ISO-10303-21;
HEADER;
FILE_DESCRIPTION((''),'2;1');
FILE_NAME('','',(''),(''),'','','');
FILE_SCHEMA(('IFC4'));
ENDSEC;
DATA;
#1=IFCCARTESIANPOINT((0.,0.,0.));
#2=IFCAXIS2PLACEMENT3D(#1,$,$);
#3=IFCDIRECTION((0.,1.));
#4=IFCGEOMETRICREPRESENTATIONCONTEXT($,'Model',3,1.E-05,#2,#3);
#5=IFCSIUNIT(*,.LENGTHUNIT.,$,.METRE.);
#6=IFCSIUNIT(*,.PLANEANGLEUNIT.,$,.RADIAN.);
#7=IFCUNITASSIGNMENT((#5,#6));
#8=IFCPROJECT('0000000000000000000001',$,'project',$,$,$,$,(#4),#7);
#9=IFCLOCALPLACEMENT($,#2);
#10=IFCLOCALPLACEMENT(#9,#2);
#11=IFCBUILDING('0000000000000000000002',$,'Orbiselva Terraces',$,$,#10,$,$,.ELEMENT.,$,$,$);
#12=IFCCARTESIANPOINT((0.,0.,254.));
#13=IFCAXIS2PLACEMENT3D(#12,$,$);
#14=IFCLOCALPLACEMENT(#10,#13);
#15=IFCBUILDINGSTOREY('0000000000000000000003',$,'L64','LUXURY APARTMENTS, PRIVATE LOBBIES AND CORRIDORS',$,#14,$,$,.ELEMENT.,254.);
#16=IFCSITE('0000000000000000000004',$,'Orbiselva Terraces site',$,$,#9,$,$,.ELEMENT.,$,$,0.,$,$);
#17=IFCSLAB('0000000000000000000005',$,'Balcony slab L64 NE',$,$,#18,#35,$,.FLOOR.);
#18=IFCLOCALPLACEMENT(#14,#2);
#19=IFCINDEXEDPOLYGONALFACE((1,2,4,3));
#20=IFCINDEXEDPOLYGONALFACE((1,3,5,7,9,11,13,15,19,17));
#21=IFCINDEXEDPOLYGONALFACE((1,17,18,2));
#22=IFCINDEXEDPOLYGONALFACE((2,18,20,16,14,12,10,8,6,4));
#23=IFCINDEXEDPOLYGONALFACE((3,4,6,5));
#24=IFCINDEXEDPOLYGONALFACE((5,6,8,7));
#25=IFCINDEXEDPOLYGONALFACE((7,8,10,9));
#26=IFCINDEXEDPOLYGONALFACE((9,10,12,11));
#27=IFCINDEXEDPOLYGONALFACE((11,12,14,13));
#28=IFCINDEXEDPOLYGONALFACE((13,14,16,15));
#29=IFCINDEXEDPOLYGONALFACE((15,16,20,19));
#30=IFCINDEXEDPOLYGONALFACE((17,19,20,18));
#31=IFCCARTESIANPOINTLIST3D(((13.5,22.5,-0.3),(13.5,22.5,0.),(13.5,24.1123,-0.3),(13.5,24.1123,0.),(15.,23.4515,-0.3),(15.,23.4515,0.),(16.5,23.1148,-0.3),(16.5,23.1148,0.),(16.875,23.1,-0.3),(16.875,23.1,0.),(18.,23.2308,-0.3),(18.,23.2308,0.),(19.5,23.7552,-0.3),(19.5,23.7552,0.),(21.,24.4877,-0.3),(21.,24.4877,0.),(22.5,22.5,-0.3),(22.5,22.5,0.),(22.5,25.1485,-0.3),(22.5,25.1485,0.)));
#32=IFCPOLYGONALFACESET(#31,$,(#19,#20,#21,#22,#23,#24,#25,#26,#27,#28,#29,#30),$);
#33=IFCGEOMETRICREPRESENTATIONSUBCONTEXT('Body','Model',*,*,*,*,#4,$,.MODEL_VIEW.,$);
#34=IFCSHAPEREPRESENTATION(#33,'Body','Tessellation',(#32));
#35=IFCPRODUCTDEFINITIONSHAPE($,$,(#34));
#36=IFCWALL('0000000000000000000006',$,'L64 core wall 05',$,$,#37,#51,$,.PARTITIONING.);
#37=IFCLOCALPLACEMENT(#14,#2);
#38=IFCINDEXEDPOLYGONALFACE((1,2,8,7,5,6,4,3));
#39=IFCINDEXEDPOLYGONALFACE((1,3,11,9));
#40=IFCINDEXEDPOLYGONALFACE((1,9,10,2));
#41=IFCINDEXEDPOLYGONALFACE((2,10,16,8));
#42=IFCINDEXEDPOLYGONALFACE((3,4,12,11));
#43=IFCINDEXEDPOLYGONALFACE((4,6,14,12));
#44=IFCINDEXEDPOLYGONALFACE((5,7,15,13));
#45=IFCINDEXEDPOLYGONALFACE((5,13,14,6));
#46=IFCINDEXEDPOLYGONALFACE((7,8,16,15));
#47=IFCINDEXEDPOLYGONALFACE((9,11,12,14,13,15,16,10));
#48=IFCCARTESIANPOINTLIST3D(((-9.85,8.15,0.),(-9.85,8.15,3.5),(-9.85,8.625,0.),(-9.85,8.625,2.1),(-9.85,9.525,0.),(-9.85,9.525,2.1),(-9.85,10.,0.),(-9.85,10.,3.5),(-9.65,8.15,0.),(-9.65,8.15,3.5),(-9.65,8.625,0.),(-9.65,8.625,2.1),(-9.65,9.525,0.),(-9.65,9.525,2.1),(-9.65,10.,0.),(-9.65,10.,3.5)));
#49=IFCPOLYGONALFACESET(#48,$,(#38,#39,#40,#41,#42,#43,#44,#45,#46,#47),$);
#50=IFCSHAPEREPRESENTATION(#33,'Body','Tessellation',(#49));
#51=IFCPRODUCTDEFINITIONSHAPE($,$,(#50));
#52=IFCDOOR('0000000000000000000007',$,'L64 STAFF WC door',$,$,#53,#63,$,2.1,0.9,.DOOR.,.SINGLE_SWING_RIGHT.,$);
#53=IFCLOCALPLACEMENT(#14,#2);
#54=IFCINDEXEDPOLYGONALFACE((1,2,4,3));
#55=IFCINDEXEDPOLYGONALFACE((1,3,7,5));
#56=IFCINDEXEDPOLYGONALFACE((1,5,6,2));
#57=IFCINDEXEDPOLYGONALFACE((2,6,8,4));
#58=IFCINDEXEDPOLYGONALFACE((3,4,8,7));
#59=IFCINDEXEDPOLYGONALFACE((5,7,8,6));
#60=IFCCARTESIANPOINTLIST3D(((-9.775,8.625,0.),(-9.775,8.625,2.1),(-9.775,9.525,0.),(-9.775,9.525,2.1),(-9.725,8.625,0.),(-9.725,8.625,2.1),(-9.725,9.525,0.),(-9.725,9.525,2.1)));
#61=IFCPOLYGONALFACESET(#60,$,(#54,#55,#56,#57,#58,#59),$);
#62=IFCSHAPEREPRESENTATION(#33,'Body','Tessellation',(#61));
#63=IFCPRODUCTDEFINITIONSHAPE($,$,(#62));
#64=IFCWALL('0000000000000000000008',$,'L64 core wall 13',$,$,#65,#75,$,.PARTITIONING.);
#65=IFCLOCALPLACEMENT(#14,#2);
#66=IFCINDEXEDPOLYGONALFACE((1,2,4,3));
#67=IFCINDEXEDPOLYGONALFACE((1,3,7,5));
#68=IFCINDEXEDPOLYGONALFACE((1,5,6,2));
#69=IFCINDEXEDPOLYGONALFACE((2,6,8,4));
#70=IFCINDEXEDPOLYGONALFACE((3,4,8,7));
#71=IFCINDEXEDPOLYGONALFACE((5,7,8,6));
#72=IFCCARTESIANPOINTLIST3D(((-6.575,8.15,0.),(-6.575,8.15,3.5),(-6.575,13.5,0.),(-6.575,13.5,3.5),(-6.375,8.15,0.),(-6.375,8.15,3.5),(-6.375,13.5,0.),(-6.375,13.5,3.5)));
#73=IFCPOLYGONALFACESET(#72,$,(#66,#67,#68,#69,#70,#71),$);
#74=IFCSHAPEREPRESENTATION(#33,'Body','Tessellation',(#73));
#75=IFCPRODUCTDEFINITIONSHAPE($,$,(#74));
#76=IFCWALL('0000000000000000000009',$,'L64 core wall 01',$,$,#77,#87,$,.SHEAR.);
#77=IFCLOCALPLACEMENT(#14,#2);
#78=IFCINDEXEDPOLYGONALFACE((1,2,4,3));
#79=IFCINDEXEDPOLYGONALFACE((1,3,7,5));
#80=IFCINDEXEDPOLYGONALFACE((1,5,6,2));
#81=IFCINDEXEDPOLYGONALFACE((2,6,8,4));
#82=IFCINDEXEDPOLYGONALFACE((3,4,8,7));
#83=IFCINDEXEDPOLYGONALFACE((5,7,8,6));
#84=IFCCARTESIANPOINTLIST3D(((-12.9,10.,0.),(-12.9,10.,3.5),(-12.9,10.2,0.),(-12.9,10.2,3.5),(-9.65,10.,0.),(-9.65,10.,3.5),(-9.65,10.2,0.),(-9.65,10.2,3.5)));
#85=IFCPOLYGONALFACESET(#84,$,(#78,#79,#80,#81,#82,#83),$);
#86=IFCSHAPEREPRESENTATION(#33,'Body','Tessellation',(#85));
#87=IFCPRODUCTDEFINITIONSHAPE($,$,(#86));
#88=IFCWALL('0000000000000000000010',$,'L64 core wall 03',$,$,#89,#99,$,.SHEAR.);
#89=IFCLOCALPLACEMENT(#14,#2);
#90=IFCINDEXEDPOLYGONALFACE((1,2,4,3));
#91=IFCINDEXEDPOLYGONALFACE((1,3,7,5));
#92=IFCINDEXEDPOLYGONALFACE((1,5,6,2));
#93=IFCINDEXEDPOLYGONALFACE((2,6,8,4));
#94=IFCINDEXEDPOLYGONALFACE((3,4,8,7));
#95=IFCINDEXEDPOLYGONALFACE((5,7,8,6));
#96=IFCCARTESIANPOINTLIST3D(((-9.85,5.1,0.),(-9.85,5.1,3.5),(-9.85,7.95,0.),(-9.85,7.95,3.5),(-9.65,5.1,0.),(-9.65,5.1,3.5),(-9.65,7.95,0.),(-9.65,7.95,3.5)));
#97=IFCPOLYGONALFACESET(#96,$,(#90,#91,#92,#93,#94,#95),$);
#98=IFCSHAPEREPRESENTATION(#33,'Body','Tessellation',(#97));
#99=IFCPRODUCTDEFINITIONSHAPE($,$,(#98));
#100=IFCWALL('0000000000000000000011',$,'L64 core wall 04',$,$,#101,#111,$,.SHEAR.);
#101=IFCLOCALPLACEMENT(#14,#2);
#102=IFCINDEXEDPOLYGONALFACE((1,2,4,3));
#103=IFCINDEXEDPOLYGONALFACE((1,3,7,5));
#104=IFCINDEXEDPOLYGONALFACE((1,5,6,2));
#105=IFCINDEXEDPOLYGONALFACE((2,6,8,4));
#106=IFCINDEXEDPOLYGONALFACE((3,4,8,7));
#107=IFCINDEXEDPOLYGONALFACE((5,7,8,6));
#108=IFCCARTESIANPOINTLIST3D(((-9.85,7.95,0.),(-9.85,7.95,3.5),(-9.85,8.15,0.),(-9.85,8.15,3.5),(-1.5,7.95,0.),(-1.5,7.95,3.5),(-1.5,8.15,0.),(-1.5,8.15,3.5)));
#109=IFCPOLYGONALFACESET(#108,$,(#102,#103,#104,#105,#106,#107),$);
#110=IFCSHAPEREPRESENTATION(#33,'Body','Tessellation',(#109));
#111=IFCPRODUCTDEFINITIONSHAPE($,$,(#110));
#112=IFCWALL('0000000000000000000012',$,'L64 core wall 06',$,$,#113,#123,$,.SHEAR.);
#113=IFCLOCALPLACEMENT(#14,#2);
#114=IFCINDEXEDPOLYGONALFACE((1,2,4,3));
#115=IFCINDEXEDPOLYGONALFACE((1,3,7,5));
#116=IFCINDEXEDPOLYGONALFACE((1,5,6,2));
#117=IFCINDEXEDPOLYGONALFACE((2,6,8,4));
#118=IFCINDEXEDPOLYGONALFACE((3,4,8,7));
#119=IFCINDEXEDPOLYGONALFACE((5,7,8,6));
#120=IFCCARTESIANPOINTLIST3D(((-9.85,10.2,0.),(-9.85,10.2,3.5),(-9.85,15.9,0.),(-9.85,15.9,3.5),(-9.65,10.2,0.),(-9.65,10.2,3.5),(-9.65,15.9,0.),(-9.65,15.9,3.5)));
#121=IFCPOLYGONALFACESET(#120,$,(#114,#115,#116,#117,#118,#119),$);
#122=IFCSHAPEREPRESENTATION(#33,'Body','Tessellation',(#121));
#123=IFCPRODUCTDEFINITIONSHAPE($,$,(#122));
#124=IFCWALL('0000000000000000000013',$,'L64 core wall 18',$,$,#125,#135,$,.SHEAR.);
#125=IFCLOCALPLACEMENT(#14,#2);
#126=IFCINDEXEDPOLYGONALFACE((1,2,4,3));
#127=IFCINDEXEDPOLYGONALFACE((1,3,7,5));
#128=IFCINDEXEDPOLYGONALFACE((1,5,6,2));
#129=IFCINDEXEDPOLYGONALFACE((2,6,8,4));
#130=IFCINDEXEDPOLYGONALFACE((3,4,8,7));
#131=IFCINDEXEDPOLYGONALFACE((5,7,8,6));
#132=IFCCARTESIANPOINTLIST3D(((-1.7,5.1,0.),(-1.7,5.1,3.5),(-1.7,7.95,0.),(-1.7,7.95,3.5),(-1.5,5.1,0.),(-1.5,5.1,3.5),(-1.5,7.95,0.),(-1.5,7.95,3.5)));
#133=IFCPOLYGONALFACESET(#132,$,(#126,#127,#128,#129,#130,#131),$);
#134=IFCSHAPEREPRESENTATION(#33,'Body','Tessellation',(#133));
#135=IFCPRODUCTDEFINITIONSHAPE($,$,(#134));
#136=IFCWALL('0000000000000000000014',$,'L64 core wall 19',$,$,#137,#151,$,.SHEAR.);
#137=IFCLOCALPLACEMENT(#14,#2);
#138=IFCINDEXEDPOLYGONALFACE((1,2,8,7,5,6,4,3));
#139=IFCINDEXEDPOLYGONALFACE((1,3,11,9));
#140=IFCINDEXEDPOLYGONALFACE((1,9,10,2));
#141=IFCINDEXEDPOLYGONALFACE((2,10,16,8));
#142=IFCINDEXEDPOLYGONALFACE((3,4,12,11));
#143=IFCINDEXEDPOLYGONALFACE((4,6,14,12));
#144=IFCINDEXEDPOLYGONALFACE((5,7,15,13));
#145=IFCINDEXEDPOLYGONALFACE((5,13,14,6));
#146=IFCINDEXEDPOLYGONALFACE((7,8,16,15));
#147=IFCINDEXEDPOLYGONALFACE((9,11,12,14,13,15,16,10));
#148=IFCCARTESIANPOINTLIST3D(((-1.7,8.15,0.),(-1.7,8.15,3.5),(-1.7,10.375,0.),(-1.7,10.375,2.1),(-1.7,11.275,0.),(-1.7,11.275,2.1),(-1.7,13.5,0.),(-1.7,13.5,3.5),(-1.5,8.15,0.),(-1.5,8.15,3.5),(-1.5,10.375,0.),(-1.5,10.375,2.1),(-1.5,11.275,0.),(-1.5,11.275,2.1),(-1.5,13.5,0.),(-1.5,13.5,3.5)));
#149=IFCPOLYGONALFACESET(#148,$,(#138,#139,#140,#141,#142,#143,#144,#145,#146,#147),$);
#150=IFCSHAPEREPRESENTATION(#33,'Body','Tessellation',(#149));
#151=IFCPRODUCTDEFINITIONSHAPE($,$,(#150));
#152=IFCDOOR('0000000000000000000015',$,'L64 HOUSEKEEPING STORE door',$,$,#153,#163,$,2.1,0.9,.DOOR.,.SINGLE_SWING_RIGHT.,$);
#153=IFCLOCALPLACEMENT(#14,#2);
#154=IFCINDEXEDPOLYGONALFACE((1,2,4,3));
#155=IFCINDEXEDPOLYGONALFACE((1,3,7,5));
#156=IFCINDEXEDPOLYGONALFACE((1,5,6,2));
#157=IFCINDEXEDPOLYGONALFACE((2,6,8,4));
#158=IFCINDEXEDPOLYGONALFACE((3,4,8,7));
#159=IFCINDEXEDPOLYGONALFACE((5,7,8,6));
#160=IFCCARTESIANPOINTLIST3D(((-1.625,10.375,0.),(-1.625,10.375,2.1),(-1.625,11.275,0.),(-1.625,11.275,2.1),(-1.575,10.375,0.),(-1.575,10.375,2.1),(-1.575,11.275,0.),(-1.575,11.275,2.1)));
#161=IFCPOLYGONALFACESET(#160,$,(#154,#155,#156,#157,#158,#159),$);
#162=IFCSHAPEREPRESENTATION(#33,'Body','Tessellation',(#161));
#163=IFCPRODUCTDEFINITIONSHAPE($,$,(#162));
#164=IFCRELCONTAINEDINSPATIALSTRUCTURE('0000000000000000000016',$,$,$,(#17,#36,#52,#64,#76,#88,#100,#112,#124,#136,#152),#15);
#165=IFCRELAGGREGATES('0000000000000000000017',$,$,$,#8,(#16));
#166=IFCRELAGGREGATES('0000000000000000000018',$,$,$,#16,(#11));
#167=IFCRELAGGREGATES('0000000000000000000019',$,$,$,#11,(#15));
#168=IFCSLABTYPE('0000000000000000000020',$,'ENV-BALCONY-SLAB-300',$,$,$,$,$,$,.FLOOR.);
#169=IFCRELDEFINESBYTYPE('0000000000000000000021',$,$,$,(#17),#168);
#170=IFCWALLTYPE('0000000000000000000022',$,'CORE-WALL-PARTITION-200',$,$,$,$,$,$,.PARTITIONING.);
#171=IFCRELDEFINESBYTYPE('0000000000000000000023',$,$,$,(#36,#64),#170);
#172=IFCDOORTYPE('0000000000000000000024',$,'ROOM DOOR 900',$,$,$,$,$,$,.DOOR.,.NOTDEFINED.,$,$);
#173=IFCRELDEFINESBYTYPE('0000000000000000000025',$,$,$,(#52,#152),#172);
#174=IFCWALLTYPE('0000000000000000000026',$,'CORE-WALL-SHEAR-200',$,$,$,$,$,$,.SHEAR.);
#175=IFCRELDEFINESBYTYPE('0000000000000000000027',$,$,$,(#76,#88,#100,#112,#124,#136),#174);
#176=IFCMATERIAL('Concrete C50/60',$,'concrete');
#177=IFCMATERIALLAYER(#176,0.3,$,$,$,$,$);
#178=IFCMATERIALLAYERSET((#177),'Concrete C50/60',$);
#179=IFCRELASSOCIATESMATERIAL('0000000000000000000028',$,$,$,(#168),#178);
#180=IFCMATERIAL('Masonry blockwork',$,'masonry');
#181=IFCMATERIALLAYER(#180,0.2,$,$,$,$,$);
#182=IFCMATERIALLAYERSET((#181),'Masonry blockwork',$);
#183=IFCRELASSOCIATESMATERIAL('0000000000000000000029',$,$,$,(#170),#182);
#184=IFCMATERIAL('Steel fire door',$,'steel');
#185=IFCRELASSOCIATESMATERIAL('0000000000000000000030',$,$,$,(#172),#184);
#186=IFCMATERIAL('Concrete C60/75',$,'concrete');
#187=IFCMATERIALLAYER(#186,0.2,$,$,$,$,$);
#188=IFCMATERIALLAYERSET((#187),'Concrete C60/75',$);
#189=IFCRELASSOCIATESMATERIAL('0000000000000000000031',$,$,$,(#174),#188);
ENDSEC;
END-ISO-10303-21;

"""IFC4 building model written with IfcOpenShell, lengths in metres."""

from ifc_helpers import new_model, si_unit, direction, frame, frame_2d, origin, place, context, subcontext, project, spatial, polyline, rectangle, outline, extrude, material, layer, layer_set, type_object, element, fill, save


model = new_model("IFC4")

# Units and contexts
model_context = context("Model", 3, precision=1e-05, world=origin(), true_north=direction((0.0, 1.0)))
body_context = subcontext(model_context, "Body", "Model", "MODEL_VIEW")
ifc_project = project(units=[si_unit("LENGTHUNIT", "METRE"), si_unit("PLANEANGLEUNIT", "RADIAN")], contexts=[model_context])

# Site, building, storey
site_placement = place(None, origin())
site = spatial("IfcSite", under=ifc_project, at=site_placement, Name="Orbiselva Terraces site", CompositionType="ELEMENT", RefElevation=0.0)
building_placement = place(site_placement, origin())
building = spatial("IfcBuilding", under=site, at=building_placement, Name="Orbiselva Terraces", CompositionType="ELEMENT")
storey_placement = place(building_placement, frame((0.0, 0.0, 254.0)))
storey = spatial("IfcBuildingStorey", under=building, at=storey_placement, Name="L64", Description="LUXURY APARTMENTS, PRIVATE LOBBIES AND CORRIDORS", CompositionType="ELEMENT", Elevation=254.0)

# Slab
ifc_material_1 = material(Name="Concrete C50/60", Category="concrete")
ifc_layer_1 = layer(ifc_material_1, 0.3)
ifc_layer_set_1 = layer_set([ifc_layer_1], Name="Concrete C50/60")
slab_type = type_object("IfcSlabType", Name="ENV-BALCONY-SLAB-300", PredefinedType="FLOOR", material=ifc_layer_set_1)
slab_placement = place(storey_placement, frame((0.0, 0.0, -0.3)))
element("IfcSlab", 1, at=slab_placement, inside=storey, type_object=slab_type, Name="Balcony slab L64 NE", PredefinedType="FLOOR", context=body_context, shape_type="SweptSolid", body=[
    extrude(outline(polyline([(22.5, 25.1485), (21.0, 24.4877), (19.5, 23.7552), (18.0, 23.2308), (16.875, 23.1), (16.5, 23.1148), (15.0, 23.4515), (13.5, 24.1123), (13.5, 22.5), (22.5, 22.5), (22.5, 25.1485)])), origin(), (0.0, 0.0, 1.0), 0.3),
])

# Wall, opening, door
ifc_material_2 = material(Name="Masonry blockwork", Category="masonry")
ifc_layer_2 = layer(ifc_material_2, 0.2)
ifc_layer_set_2 = layer_set([ifc_layer_2], Name="Masonry blockwork")
wall_type_1 = type_object("IfcWallType", Name="CORE-WALL-PARTITION-200", PredefinedType="PARTITIONING", material=ifc_layer_set_2)
wall_1_placement = place(storey_placement, frame((-9.75, 8.15, 0.0), z_axis=(0.0, 0.0, 1.0), x_axis=(0.0, 1.0, 0.0)))
wall_1 = element("IfcWall", 2, at=wall_1_placement, inside=storey, type_object=wall_type_1, Name="L64 core wall 05", PredefinedType="PARTITIONING", context=body_context, shape_type="SweptSolid", body=[
    extrude(rectangle(XDim=1.85, YDim=0.2, at=frame_2d((0.925, 0.0))), origin(), (0.0, 0.0, 1.0), 3.5),
])
opening_1_placement = place(wall_1_placement, frame((0.475, 0.0, 0.0)))
opening_1 = element("IfcOpeningElement", 3, at=opening_1_placement, cuts=wall_1, PredefinedType="OPENING", context=body_context, shape_type="SweptSolid", body=[
    extrude(rectangle(XDim=0.9, YDim=2.1, at=frame_2d((0.45, 1.05))), frame((0.0, 0.11, 0.0), z_axis=(0.0, -1.0, 0.0), x_axis=(1.0, 0.0, 0.0)), (0.0, 0.0, 1.0), 0.22),
])
ifc_material_3 = material(Name="Steel fire door", Category="steel")
door_type = type_object("IfcDoorType", Name="ROOM DOOR 900", OperationType="NOTDEFINED", PredefinedType="DOOR", material=ifc_material_3)
door_1_placement = place(opening_1_placement, origin())
door_1 = element("IfcDoor", 4, at=door_1_placement, inside=storey, type_object=door_type, Name="L64 STAFF WC door", OperationType="SINGLE_SWING_RIGHT", OverallHeight=2.1, OverallWidth=0.9, PredefinedType="DOOR", context=body_context, shape_type="SweptSolid", body=[
    extrude(rectangle(XDim=0.9, YDim=2.1, at=frame_2d((0.45, 1.05))), frame((0.0, 0.025, 0.0), z_axis=(0.0, -1.0, 0.0), x_axis=(1.0, 0.0, 0.0)), (0.0, 0.0, 1.0), 0.05),
])
fill(opening_1, door_1)

# Walls
wall_2_placement = place(storey_placement, frame((-6.475, 8.15, 0.0), z_axis=(0.0, 0.0, 1.0), x_axis=(0.0, 1.0, 0.0)))
element("IfcWall", 5, at=wall_2_placement, inside=storey, type_object=wall_type_1, Name="L64 core wall 13", PredefinedType="PARTITIONING", context=body_context, shape_type="SweptSolid", body=[
    extrude(rectangle(XDim=5.35, YDim=0.2, at=frame_2d((2.675, 0.0))), origin(), (0.0, 0.0, 1.0), 3.5),
])
ifc_material_4 = material(Name="Concrete C60/75", Category="concrete")
ifc_layer_3 = layer(ifc_material_4, 0.2)
ifc_layer_set_3 = layer_set([ifc_layer_3], Name="Concrete C60/75")
wall_type_2 = type_object("IfcWallType", Name="CORE-WALL-SHEAR-200", PredefinedType="SHEAR", material=ifc_layer_set_3)
wall_3_placement = place(storey_placement, frame((-12.9, 10.1, 0.0), z_axis=(0.0, 0.0, 1.0), x_axis=(1.0, 0.0, 0.0)))
element("IfcWall", 6, at=wall_3_placement, inside=storey, type_object=wall_type_2, Name="L64 core wall 01", PredefinedType="SHEAR", context=body_context, shape_type="SweptSolid", body=[
    extrude(rectangle(XDim=3.25, YDim=0.2, at=frame_2d((1.625, 0.0))), origin(), (0.0, 0.0, 1.0), 3.5),
])
wall_4_placement = place(storey_placement, frame((-9.75, 5.1, 0.0), z_axis=(0.0, 0.0, 1.0), x_axis=(0.0, 1.0, 0.0)))
element("IfcWall", 7, at=wall_4_placement, inside=storey, type_object=wall_type_2, Name="L64 core wall 03", PredefinedType="SHEAR", context=body_context, shape_type="SweptSolid", body=[
    extrude(rectangle(XDim=2.85, YDim=0.2, at=frame_2d((1.425, 0.0))), origin(), (0.0, 0.0, 1.0), 3.5),
])
wall_5_placement = place(storey_placement, frame((-9.85, 8.05, 0.0), z_axis=(0.0, 0.0, 1.0), x_axis=(1.0, 0.0, 0.0)))
element("IfcWall", 8, at=wall_5_placement, inside=storey, type_object=wall_type_2, Name="L64 core wall 04", PredefinedType="SHEAR", context=body_context, shape_type="SweptSolid", body=[
    extrude(rectangle(XDim=8.35, YDim=0.2, at=frame_2d((4.175, 0.0))), origin(), (0.0, 0.0, 1.0), 3.5),
])
wall_6_placement = place(storey_placement, frame((-9.75, 10.2, 0.0), z_axis=(0.0, 0.0, 1.0), x_axis=(0.0, 1.0, 0.0)))
element("IfcWall", 9, at=wall_6_placement, inside=storey, type_object=wall_type_2, Name="L64 core wall 06", PredefinedType="SHEAR", context=body_context, shape_type="SweptSolid", body=[
    extrude(rectangle(XDim=5.7, YDim=0.2, at=frame_2d((2.85, 0.0))), origin(), (0.0, 0.0, 1.0), 3.5),
])
wall_7_placement = place(storey_placement, frame((-1.6, 5.1, 0.0), z_axis=(0.0, 0.0, 1.0), x_axis=(0.0, 1.0, 0.0)))
element("IfcWall", 10, at=wall_7_placement, inside=storey, type_object=wall_type_2, Name="L64 core wall 18", PredefinedType="SHEAR", context=body_context, shape_type="SweptSolid", body=[
    extrude(rectangle(XDim=2.85, YDim=0.2, at=frame_2d((1.425, 0.0))), origin(), (0.0, 0.0, 1.0), 3.5),
])

# Wall, opening, door
wall_8_placement = place(storey_placement, frame((-1.6, 8.15, 0.0), z_axis=(0.0, 0.0, 1.0), x_axis=(0.0, 1.0, 0.0)))
wall_8 = element("IfcWall", 11, at=wall_8_placement, inside=storey, type_object=wall_type_2, Name="L64 core wall 19", PredefinedType="SHEAR", context=body_context, shape_type="SweptSolid", body=[
    extrude(rectangle(XDim=5.35, YDim=0.2, at=frame_2d((2.675, 0.0))), origin(), (0.0, 0.0, 1.0), 3.5),
])
opening_2_placement = place(wall_8_placement, frame((2.225, 0.0, 0.0)))
opening_2 = element("IfcOpeningElement", 12, at=opening_2_placement, cuts=wall_8, PredefinedType="OPENING", context=body_context, shape_type="SweptSolid", body=[
    extrude(rectangle(XDim=0.9, YDim=2.1, at=frame_2d((0.45, 1.05))), frame((0.0, 0.11, 0.0), z_axis=(0.0, -1.0, 0.0), x_axis=(1.0, 0.0, 0.0)), (0.0, 0.0, 1.0), 0.22),
])
door_2_placement = place(opening_2_placement, origin())
door_2 = element("IfcDoor", 13, at=door_2_placement, inside=storey, type_object=door_type, Name="L64 HOUSEKEEPING STORE door", OperationType="SINGLE_SWING_RIGHT", OverallHeight=2.1, OverallWidth=0.9, PredefinedType="DOOR", context=body_context, shape_type="SweptSolid", body=[
    extrude(rectangle(XDim=0.9, YDim=2.1, at=frame_2d((0.45, 1.05))), frame((0.0, 0.025, 0.0), z_axis=(0.0, -1.0, 0.0), x_axis=(1.0, 0.0, 0.0)), (0.0, 0.0, 1.0), 0.05),
])
fill(opening_2, door_2)

save(model, "model.ifc")
